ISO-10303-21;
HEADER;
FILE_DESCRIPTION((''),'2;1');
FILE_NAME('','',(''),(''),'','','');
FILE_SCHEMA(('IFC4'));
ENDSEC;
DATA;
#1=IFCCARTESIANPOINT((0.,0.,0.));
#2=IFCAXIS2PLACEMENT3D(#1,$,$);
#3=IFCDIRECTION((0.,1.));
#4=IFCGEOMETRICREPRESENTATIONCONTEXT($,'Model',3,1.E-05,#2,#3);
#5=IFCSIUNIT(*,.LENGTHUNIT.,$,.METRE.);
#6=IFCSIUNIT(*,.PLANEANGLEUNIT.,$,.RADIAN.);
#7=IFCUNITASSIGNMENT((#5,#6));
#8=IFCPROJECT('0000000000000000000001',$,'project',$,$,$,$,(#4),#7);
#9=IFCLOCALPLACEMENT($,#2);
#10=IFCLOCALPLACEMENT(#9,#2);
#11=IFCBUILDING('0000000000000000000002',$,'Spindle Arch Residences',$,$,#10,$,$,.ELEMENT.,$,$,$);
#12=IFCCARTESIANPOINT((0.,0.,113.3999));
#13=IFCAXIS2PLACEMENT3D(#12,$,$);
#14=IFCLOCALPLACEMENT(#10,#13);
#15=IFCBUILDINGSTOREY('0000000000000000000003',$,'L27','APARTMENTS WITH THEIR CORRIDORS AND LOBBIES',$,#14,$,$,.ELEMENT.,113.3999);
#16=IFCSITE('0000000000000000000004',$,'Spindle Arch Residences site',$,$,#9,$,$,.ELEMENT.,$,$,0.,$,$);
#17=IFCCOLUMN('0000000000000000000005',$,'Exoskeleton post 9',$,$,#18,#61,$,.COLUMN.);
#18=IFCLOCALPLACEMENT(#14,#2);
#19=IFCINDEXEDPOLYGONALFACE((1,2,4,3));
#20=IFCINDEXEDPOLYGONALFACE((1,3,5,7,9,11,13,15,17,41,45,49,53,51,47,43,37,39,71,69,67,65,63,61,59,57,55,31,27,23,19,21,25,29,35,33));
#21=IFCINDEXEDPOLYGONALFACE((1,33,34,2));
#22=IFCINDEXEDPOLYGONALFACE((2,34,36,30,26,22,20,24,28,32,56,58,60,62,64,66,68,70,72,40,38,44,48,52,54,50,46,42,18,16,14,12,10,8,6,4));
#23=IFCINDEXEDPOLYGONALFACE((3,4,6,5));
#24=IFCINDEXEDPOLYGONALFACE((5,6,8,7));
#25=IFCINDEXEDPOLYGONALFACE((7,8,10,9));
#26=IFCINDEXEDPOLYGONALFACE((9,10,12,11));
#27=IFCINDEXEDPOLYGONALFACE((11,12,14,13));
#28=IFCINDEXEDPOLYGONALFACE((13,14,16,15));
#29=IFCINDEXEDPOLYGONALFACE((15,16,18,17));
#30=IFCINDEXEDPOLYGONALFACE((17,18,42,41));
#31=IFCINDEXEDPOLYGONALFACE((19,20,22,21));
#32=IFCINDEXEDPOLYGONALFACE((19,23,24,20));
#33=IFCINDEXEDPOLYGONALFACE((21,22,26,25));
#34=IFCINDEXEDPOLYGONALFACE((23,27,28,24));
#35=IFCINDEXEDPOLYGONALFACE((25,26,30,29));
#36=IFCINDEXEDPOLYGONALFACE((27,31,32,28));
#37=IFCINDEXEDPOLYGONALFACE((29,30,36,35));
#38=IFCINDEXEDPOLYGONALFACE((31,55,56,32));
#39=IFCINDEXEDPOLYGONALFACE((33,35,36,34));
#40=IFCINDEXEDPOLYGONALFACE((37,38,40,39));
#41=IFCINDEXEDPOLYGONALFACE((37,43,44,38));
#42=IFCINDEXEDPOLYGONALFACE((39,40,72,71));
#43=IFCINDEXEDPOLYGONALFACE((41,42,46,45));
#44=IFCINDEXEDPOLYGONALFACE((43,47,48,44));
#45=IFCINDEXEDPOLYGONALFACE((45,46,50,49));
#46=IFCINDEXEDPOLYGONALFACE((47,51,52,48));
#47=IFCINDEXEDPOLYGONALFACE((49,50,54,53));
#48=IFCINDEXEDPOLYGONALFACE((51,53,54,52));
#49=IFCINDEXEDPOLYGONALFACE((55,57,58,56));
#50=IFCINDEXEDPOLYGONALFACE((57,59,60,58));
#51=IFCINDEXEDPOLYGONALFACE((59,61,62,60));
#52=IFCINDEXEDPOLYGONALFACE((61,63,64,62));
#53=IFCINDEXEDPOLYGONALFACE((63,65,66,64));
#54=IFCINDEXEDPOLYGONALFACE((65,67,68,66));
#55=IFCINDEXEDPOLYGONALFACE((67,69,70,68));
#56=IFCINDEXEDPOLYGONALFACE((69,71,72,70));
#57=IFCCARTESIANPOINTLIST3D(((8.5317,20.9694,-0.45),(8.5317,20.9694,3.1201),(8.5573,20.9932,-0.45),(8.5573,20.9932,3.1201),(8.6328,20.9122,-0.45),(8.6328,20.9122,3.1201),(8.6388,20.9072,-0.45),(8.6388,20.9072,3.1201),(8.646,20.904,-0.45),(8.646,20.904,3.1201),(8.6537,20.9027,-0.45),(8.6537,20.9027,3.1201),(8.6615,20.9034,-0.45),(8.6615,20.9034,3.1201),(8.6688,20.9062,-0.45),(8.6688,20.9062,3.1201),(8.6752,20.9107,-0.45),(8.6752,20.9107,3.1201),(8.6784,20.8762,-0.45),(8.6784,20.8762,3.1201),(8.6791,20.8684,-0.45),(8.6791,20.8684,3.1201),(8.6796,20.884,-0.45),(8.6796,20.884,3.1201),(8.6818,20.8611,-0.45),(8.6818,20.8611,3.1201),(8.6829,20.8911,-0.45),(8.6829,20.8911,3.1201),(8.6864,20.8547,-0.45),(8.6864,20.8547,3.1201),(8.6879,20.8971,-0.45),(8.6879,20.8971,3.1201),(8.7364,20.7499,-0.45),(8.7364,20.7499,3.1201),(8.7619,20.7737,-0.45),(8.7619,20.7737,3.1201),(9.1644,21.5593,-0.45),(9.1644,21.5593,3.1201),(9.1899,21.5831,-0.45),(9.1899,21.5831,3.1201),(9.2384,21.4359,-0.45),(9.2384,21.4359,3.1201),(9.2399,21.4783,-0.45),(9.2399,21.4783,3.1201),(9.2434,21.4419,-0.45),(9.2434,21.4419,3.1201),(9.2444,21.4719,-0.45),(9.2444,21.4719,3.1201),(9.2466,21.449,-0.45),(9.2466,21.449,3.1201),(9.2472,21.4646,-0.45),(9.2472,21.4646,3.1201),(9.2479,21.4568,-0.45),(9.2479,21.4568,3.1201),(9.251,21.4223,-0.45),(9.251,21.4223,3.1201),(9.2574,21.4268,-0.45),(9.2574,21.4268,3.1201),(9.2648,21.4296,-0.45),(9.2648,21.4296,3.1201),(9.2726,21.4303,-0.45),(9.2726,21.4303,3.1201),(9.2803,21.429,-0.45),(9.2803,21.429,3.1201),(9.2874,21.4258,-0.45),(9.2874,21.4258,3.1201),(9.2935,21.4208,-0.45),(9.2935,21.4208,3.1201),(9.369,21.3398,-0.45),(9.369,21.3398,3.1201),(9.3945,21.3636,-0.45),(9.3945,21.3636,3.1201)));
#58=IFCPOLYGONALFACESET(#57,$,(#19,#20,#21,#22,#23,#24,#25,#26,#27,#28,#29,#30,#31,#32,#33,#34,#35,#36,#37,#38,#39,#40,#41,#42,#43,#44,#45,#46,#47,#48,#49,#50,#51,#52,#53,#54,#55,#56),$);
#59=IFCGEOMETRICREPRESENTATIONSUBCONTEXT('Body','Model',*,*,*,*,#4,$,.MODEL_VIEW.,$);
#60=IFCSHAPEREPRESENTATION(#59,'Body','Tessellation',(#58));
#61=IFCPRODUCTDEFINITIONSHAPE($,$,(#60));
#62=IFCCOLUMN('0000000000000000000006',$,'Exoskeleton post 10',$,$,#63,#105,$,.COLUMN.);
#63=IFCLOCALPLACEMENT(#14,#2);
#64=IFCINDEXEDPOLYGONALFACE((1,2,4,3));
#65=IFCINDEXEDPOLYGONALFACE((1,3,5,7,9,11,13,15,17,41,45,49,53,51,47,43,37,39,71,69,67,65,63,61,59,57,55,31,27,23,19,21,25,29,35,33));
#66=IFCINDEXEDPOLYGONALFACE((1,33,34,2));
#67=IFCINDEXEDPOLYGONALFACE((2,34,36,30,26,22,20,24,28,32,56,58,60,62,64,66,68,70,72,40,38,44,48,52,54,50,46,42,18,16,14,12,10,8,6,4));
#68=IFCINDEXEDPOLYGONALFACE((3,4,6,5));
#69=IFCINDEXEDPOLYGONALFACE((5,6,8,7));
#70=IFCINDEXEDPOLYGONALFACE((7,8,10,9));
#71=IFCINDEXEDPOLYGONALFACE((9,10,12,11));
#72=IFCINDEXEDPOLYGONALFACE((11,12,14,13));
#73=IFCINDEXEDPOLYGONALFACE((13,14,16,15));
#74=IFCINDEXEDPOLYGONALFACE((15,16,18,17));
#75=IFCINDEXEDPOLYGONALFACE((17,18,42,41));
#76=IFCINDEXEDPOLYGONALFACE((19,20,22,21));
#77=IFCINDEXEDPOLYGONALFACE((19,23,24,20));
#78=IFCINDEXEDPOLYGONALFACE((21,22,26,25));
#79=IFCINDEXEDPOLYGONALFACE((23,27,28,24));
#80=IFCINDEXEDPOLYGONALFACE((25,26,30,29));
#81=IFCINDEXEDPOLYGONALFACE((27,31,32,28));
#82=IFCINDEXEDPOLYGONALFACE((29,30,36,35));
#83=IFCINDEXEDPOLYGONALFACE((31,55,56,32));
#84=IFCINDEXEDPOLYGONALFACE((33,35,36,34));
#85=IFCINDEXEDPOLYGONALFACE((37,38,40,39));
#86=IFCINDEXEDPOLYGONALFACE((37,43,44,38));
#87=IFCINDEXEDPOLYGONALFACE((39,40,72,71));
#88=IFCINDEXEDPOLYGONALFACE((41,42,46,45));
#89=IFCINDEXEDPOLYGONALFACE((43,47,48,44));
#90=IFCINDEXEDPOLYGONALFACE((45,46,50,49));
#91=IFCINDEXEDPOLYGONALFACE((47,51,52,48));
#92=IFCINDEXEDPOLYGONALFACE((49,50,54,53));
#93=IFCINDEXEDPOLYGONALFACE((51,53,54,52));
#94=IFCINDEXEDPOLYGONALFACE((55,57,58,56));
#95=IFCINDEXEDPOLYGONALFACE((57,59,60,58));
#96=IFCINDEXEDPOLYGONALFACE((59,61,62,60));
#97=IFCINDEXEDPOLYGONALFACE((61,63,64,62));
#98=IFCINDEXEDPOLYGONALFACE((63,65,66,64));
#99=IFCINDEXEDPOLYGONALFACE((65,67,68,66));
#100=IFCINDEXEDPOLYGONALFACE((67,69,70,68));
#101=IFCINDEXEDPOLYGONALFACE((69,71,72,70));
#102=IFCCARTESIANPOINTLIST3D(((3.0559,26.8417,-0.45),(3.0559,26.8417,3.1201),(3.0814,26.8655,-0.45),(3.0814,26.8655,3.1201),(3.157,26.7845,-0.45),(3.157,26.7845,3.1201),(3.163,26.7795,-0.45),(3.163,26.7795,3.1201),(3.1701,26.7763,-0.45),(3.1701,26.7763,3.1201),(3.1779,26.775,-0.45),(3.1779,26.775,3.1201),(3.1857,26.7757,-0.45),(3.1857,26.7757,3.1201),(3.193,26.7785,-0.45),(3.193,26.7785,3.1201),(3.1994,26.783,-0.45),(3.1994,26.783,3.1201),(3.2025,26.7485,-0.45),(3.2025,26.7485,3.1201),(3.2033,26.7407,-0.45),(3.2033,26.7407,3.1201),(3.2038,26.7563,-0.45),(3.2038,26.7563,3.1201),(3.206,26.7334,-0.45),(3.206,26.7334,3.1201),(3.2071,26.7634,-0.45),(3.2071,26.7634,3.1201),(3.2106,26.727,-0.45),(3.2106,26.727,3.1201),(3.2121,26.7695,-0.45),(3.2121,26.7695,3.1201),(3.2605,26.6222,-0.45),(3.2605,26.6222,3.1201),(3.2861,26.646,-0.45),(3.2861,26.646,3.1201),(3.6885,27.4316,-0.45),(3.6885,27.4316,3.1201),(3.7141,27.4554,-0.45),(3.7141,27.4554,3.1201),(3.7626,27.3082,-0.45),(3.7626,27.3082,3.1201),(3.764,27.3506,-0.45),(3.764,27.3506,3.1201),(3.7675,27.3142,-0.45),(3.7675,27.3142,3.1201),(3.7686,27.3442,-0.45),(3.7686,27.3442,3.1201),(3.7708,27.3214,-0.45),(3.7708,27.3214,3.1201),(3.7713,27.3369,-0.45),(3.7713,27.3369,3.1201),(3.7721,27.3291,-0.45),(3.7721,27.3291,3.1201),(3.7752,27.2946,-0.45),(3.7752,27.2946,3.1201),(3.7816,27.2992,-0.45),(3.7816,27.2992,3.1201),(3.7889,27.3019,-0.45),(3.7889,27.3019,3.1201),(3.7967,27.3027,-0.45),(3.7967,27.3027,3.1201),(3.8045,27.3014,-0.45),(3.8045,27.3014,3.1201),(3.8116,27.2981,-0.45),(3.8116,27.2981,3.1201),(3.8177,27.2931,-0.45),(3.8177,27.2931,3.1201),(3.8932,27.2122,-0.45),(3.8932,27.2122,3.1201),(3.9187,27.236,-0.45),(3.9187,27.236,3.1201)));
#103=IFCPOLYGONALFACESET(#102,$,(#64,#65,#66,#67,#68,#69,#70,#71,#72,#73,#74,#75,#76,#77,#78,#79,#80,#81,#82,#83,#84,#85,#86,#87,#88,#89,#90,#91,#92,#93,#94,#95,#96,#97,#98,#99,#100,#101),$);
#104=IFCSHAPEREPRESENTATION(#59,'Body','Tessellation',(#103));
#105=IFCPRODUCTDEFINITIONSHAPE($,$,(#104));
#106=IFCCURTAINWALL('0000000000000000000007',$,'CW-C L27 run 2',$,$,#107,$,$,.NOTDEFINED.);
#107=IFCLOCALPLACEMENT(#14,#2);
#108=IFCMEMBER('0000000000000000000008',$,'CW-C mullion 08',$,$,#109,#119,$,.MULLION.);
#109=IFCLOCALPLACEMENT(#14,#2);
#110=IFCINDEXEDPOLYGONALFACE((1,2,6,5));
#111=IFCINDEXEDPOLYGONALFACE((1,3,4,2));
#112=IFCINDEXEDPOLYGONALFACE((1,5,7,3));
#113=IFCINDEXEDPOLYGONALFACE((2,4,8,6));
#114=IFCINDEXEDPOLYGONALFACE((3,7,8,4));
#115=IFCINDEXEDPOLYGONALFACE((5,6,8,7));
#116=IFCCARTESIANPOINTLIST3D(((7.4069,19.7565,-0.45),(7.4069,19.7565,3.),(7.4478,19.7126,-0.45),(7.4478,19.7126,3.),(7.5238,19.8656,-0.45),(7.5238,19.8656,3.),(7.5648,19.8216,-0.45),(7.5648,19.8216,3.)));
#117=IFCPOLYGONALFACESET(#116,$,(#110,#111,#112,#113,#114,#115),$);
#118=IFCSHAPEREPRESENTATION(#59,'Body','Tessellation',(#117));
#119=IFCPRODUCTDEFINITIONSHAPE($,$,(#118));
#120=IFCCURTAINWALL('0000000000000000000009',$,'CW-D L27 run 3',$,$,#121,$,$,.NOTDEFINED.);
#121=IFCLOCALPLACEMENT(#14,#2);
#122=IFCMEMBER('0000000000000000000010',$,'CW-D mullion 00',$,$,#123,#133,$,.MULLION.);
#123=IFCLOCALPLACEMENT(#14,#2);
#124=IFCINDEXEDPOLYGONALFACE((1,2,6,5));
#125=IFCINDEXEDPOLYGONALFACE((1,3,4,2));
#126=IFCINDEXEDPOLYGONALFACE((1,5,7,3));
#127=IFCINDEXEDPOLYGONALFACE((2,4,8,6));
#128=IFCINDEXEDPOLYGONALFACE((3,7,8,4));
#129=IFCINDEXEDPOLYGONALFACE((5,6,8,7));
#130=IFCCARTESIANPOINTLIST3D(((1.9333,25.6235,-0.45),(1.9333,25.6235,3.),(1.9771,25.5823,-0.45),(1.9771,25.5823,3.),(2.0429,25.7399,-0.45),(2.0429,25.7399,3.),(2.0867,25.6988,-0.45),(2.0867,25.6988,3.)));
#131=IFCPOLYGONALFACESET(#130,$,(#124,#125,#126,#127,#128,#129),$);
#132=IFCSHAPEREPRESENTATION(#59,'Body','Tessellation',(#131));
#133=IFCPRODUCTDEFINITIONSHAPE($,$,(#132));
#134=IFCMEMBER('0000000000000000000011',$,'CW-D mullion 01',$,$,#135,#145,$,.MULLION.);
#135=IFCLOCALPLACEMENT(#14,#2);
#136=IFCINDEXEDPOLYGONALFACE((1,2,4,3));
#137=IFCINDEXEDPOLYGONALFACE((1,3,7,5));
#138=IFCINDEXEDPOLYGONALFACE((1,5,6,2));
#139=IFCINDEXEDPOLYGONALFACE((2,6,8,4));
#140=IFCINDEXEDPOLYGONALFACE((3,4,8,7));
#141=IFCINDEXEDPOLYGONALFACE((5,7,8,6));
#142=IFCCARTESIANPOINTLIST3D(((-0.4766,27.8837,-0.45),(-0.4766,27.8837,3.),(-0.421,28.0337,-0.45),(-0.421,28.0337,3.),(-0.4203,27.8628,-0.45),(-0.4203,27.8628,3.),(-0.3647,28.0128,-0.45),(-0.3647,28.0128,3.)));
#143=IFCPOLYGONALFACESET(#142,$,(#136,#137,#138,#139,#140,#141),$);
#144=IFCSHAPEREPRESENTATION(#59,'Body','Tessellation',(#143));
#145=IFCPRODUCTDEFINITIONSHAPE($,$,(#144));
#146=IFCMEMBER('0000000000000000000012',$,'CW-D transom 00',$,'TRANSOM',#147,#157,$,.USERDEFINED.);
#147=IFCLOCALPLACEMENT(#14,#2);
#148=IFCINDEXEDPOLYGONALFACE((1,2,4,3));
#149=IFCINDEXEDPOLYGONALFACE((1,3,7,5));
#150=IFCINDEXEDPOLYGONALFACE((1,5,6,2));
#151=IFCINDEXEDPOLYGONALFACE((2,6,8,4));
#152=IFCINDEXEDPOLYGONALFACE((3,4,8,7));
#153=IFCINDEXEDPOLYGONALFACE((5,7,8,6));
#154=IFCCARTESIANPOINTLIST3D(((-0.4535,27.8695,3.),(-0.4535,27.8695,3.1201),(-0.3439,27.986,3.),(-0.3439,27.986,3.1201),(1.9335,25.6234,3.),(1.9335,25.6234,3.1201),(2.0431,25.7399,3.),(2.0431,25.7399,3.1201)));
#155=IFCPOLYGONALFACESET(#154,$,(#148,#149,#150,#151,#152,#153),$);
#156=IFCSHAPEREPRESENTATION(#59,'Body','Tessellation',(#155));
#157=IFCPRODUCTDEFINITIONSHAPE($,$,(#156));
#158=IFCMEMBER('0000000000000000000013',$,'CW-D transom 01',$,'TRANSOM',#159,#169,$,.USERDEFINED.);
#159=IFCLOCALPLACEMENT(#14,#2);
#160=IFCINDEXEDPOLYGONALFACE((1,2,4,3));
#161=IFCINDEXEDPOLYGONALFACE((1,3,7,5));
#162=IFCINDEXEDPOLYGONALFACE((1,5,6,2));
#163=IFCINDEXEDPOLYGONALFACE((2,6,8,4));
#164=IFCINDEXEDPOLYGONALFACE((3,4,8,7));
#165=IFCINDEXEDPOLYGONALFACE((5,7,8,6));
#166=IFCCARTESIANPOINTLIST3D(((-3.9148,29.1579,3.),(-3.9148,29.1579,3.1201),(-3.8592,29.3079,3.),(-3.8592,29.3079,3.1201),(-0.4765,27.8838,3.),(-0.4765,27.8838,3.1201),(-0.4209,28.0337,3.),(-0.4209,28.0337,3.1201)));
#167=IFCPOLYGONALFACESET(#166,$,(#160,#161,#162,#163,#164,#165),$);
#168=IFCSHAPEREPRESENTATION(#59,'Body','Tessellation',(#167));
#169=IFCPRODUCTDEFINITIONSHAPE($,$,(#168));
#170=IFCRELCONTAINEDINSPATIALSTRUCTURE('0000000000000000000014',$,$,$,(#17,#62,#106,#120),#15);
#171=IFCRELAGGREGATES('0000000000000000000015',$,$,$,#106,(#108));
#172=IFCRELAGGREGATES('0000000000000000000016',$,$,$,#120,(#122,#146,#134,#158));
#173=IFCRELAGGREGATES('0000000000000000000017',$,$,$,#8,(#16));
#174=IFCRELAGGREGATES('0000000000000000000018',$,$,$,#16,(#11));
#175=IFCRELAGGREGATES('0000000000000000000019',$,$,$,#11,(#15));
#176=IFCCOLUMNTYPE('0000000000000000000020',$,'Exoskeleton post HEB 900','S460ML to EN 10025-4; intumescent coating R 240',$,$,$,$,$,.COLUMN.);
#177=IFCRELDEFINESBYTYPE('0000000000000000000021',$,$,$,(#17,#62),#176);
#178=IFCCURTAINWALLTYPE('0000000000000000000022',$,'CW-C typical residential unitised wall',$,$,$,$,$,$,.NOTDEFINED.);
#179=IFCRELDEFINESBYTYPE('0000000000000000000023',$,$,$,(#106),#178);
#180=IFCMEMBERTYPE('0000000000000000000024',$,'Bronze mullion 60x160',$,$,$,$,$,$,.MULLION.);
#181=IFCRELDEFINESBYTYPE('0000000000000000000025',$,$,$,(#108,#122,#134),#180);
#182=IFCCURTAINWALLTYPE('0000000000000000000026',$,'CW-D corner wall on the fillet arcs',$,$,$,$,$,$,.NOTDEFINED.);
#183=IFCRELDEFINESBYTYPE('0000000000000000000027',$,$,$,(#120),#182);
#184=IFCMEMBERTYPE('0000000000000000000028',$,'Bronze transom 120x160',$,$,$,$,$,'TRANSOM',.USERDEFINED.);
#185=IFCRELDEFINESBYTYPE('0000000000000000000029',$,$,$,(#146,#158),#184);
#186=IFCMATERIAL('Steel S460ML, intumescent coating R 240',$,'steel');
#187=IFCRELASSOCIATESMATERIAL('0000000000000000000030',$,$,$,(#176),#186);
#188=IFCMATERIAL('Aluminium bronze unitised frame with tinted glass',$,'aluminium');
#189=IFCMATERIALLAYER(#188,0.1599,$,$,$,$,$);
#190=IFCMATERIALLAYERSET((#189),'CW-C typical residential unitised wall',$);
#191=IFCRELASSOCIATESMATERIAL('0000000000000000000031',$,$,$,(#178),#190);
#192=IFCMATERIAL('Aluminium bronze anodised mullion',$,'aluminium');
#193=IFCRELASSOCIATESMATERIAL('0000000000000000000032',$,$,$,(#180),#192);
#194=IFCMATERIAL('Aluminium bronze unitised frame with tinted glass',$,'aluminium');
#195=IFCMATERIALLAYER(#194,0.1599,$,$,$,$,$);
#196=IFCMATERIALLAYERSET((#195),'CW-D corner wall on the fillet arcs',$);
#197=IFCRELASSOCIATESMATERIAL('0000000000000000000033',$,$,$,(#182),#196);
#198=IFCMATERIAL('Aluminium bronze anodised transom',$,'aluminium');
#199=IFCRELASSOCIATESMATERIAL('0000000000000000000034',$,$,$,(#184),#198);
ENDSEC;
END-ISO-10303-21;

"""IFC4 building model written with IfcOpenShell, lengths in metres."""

from ifc_helpers import new_model, si_unit, direction, frame, origin, origin_2d, place, context, subcontext, project, spatial, rectangle, i_section, extrude, material, layer, layer_set, material_profile, profile_set, type_object, element, aggregate, save


model = new_model("IFC4")

# Units and contexts
model_context = context("Model", 3, precision=1e-05, world=origin(), true_north=direction((0.0, 1.0)))
body_context = subcontext(model_context, "Body", "Model", "MODEL_VIEW")
ifc_project = project(units=[si_unit("LENGTHUNIT", "METRE"), si_unit("PLANEANGLEUNIT", "RADIAN")], contexts=[model_context])

# Site, building, storey
site_placement = place(None, origin())
site = spatial("IfcSite", under=ifc_project, at=site_placement, Name="Spindle Arch Residences site", CompositionType="ELEMENT", RefElevation=0.0)
building_placement = place(site_placement, origin())
building = spatial("IfcBuilding", under=site, at=building_placement, Name="Spindle Arch Residences", CompositionType="ELEMENT")
storey_placement = place(building_placement, frame((0.0, 0.0, 113.3999)))
storey = spatial("IfcBuildingStorey", under=building, at=storey_placement, Name="L27", Description="APARTMENTS WITH THEIR CORRIDORS AND LOBBIES", CompositionType="ELEMENT", Elevation=113.3999)

# Columns
ifc_material_1 = material(Name="Steel S460ML, intumescent coating R 240", Category="steel")
ifc_material_profile_1 = material_profile(ifc_material_1, i_section(OverallWidth=0.3, OverallDepth=0.8999, WebThickness=0.0186, FlangeThickness=0.0349, FilletRadius=0.03, at=origin_2d()), Name="HEB 900")
ifc_profile_set_1 = profile_set([ifc_material_profile_1], Name="Steel S460ML, intumescent coating R 240")
column_type = type_object("IfcColumnType", Name="Exoskeleton post HEB 900", Description="S460ML to EN 10025-4; intumescent coating R 240", PredefinedType="COLUMN", material=ifc_profile_set_1)
for number, where, z_axis, x_axis, name in (
    (1, (8.9631, 21.1665, -0.45), (0.0, 0.0, 1.0), (0.681998, -0.731354, 0.0), "Exoskeleton post 9"),
    (2, (3.4873, 27.0388, -0.45), (0.0, 0.0, 1.0), (0.681998, -0.731354, 0.0), "Exoskeleton post 10"),
):
    element("IfcColumn", number, at=place(storey_placement, frame(where, z_axis=z_axis, x_axis=x_axis)), inside=storey, type_object=column_type, Name=name, PredefinedType="COLUMN", context=body_context, shape_type="SweptSolid", body=[
        extrude(i_section(OverallWidth=0.3, OverallDepth=0.8999, WebThickness=0.0186, FlangeThickness=0.0349, FilletRadius=0.03, at=origin_2d()), origin(), (0.0, 0.0, 1.0), 3.5701),
    ])

# Curtain wall, member
ifc_material_2 = material(Name="Aluminium bronze unitised frame with tinted glass", Category="aluminium")
ifc_layer_1 = layer(ifc_material_2, 0.1599)
ifc_layer_set_1 = layer_set([ifc_layer_1], Name="CW-C typical residential unitised wall")
curtain_wall_type_1 = type_object("IfcCurtainWallType", Name="CW-C typical residential unitised wall", PredefinedType="NOTDEFINED", material=ifc_layer_set_1)
curtain_wall_1_placement = place(storey_placement, origin())
curtain_wall_1 = element("IfcCurtainWall", 3, at=curtain_wall_1_placement, inside=storey, type_object=curtain_wall_type_1, Name="CW-C L27 run 2", PredefinedType="NOTDEFINED")
ifc_material_3 = material(Name="Aluminium bronze anodised mullion", Category="aluminium")
ifc_material_profile_2 = material_profile(ifc_material_3, rectangle(XDim=0.1599, YDim=0.0601, at=origin_2d()), Name="MU 60x160")
ifc_profile_set_2 = profile_set([ifc_material_profile_2], Name="Aluminium bronze anodised mullion")
member_type_1 = type_object("IfcMemberType", Name="Bronze mullion 60x160", PredefinedType="MULLION", material=ifc_profile_set_2)
member_1_placement = place(storey_placement, frame((7.4858, 19.7891, -0.45), z_axis=(0.0, 0.0, 1.0), x_axis=(-0.731354, -0.681998, 0.0)))
member_1 = element("IfcMember", 4, at=member_1_placement, type_object=member_type_1, Name="CW-C mullion 08", PredefinedType="MULLION", context=body_context, shape_type="SweptSolid", body=[
    extrude(rectangle(XDim=0.1599, YDim=0.0601, at=origin_2d()), origin(), (0.0, 0.0, 1.0), 3.45),
])

# Curtain wall, members
ifc_material_4 = material(Name="Aluminium bronze unitised frame with tinted glass", Category="aluminium")
ifc_layer_2 = layer(ifc_material_4, 0.1599)
ifc_layer_set_2 = layer_set([ifc_layer_2], Name="CW-D corner wall on the fillet arcs")
curtain_wall_type_2 = type_object("IfcCurtainWallType", Name="CW-D corner wall on the fillet arcs", PredefinedType="NOTDEFINED", material=ifc_layer_set_2)
curtain_wall_2_placement = place(storey_placement, origin())
curtain_wall_2 = element("IfcCurtainWall", 5, at=curtain_wall_2_placement, inside=storey, type_object=curtain_wall_type_2, Name="CW-D L27 run 3", PredefinedType="NOTDEFINED")
member_2_placement = place(storey_placement, frame((2.01, 25.6611, -0.45), z_axis=(0.0, 0.0, 1.0), x_axis=(-0.68529, -0.72827, 0.0)))
member_2 = element("IfcMember", 6, at=member_2_placement, type_object=member_type_1, Name="CW-D mullion 00", PredefinedType="MULLION", context=body_context, shape_type="SweptSolid", body=[
    extrude(rectangle(XDim=0.1599, YDim=0.0601, at=origin_2d()), origin(), (0.0, 0.0, 1.0), 3.45),
])
member_3_placement = place(storey_placement, frame((-0.4207, 27.9482, -0.45), z_axis=(0.0, 0.0, 1.0), x_axis=(-0.347481, -0.937687, 0.0)))
member_3 = element("IfcMember", 7, at=member_3_placement, type_object=member_type_1, Name="CW-D mullion 01", PredefinedType="MULLION", context=body_context, shape_type="SweptSolid", body=[
    extrude(rectangle(XDim=0.1599, YDim=0.0601, at=origin_2d()), origin(), (0.0, 0.0, 1.0), 3.45),
])
ifc_material_5 = material(Name="Aluminium bronze anodised transom", Category="aluminium")
ifc_material_profile_3 = material_profile(ifc_material_5, rectangle(XDim=0.1599, YDim=0.1201, at=origin_2d()), Name="TR 120x160")
ifc_profile_set_3 = profile_set([ifc_material_profile_3], Name="Aluminium bronze anodised transom")
member_type_2 = type_object("IfcMemberType", Name="Bronze transom 120x160", ElementType="TRANSOM", PredefinedType="USERDEFINED", material=ifc_profile_set_3)
member_4_placement = place(storey_placement, frame((1.9883, 25.6816, 3.0601), z_axis=(-0.72827, 0.68529, 0.0), x_axis=(-0.68529, -0.72827, 0.0)))
member_4 = element("IfcMember", 8, at=member_4_placement, type_object=member_type_2, Name="CW-D transom 00", ObjectType="TRANSOM", PredefinedType="USERDEFINED", context=body_context, shape_type="SweptSolid", body=[
    extrude(rectangle(XDim=0.1599, YDim=0.1201, at=origin_2d()), origin(), (0.0, 0.0, 1.0), 3.2776),
])
member_5_placement = place(storey_placement, frame((-0.4487, 27.9587, 3.0601), z_axis=(-0.937682, 0.347494, 0.0), x_axis=(-0.347494, -0.937682, 0.0)))
member_5 = element("IfcMember", 9, at=member_5_placement, type_object=member_type_2, Name="CW-D transom 01", ObjectType="TRANSOM", PredefinedType="USERDEFINED", context=body_context, shape_type="SweptSolid", body=[
    extrude(rectangle(XDim=0.1599, YDim=0.1201, at=origin_2d()), origin(), (0.0, 0.0, 1.0), 3.6667),
])

aggregate(curtain_wall_1, [member_1])
aggregate(curtain_wall_2, [member_2, member_4, member_3, member_5])

save(model, "model.ifc")
